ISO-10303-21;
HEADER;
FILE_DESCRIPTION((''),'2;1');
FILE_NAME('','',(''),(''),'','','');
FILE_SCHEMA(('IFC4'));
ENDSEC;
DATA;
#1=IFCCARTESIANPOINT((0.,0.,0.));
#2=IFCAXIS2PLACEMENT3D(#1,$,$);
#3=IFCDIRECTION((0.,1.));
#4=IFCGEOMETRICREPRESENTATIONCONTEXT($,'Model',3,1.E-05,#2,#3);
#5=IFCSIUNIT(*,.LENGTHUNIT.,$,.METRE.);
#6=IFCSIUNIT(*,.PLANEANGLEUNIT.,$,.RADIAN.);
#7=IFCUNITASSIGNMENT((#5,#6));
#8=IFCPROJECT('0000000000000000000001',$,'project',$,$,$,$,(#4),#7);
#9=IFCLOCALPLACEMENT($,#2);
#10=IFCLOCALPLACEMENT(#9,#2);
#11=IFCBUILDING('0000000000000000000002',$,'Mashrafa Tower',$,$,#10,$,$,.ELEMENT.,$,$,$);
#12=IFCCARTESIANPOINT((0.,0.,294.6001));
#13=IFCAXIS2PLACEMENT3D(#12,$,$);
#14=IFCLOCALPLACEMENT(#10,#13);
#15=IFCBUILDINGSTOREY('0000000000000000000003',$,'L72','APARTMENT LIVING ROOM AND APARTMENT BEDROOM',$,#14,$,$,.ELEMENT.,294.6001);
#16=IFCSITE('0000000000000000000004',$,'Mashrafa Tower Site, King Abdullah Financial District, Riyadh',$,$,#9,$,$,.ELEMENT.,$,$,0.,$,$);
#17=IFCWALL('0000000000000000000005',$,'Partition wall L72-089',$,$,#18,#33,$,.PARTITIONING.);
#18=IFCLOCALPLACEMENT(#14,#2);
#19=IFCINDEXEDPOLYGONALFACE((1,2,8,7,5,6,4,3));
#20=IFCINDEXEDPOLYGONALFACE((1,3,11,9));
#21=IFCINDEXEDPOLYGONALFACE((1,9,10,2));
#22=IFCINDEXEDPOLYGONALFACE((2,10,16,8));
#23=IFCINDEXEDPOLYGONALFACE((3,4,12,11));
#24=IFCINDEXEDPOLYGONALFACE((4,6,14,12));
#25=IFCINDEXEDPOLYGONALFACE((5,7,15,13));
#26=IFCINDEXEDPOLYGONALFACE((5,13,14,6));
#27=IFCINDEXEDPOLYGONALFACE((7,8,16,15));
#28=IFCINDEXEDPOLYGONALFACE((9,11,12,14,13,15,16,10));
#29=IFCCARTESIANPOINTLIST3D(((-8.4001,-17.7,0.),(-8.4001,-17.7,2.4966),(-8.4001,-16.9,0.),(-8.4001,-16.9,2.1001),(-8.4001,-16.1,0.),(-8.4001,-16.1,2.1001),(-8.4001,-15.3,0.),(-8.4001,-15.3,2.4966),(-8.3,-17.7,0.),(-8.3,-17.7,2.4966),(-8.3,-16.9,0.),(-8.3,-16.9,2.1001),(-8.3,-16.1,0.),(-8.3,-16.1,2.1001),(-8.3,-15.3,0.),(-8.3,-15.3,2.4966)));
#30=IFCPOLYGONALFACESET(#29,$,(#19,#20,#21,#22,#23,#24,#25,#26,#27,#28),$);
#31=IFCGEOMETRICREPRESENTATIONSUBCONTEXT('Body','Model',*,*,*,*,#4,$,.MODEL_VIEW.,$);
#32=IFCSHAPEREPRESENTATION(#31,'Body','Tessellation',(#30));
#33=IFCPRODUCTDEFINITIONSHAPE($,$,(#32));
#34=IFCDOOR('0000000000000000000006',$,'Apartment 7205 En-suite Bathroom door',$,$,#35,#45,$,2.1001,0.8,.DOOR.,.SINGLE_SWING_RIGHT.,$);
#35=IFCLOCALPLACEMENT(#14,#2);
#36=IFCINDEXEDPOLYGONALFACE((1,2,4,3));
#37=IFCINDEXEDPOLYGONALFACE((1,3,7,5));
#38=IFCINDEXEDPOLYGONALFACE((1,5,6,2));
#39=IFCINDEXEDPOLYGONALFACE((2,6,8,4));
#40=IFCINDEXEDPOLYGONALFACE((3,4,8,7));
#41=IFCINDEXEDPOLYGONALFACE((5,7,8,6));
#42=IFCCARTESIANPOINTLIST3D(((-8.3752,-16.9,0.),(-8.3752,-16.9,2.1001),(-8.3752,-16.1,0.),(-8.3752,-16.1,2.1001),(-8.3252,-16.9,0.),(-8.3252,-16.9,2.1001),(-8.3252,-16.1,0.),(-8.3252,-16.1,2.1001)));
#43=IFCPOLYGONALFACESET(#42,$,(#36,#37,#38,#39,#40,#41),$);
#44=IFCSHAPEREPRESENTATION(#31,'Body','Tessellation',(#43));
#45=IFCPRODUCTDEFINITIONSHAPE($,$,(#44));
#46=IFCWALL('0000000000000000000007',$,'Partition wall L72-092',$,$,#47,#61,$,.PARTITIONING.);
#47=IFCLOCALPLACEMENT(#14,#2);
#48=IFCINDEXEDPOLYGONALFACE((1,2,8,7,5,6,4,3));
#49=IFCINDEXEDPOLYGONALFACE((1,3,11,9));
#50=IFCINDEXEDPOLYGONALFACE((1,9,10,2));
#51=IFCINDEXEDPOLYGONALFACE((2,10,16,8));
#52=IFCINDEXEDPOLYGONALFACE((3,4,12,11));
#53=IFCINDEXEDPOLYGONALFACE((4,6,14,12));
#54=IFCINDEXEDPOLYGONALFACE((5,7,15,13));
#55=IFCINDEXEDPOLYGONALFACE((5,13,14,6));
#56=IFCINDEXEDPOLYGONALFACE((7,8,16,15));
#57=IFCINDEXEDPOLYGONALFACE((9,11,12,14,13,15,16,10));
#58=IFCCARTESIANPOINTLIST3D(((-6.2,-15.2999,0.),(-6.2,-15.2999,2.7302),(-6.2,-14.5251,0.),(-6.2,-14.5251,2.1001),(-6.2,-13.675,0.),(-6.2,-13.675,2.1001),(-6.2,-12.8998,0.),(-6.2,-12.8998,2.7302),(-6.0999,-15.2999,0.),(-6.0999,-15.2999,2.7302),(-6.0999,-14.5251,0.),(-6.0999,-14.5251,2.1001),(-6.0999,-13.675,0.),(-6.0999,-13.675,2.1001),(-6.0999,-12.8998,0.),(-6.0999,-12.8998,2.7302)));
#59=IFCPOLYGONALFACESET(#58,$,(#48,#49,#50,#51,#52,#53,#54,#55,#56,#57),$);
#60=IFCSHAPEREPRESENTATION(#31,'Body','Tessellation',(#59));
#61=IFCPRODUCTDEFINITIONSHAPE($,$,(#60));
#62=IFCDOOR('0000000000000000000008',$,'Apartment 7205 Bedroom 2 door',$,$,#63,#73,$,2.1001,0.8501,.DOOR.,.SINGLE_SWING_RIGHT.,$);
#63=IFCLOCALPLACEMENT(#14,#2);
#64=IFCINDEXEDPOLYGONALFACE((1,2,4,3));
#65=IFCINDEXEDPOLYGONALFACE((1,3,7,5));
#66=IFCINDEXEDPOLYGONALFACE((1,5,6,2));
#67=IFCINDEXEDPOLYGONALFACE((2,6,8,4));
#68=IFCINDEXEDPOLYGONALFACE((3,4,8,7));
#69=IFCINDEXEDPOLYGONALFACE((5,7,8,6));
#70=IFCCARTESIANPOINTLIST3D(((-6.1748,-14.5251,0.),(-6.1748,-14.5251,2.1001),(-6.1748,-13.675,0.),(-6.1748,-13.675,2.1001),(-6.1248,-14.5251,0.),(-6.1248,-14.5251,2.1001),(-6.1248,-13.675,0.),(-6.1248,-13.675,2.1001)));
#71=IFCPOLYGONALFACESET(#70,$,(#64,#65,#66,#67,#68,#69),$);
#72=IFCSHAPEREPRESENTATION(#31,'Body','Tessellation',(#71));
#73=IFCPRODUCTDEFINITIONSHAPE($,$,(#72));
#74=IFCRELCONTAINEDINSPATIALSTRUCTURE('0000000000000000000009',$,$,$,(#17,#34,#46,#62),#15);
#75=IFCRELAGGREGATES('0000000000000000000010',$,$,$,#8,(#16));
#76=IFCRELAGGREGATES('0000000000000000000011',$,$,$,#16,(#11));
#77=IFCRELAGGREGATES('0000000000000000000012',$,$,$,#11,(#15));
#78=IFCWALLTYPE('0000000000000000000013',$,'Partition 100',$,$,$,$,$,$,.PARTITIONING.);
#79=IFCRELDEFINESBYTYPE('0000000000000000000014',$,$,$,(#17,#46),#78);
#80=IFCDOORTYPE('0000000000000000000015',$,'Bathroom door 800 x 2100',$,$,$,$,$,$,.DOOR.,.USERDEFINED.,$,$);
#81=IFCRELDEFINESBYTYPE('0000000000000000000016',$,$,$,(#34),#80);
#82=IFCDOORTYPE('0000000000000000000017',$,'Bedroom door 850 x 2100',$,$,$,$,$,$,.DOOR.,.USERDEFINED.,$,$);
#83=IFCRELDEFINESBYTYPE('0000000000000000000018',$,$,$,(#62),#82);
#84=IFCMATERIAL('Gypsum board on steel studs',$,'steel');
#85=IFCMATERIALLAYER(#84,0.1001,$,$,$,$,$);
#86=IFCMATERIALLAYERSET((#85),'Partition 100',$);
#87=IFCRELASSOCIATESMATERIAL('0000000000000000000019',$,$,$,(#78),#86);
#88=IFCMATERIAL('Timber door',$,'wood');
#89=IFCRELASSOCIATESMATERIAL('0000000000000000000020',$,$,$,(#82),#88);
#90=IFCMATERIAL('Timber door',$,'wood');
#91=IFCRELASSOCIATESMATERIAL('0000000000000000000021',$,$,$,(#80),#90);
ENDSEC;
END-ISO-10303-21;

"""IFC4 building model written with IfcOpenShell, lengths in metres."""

from ifc_helpers import new_model, si_unit, direction, frame, frame_2d, origin, place, context, subcontext, project, spatial, rectangle, extrude, material, layer, layer_set, type_object, element, fill, save


model = new_model("IFC4")

# Units and contexts
model_context = context("Model", 3, precision=1e-05, world=origin(), true_north=direction((0.0, 1.0)))
body_context = subcontext(model_context, "Body", "Model", "MODEL_VIEW")
ifc_project = project(units=[si_unit("LENGTHUNIT", "METRE"), si_unit("PLANEANGLEUNIT", "RADIAN")], contexts=[model_context])

# Site, building, storey
site_placement = place(None, origin())
site = spatial("IfcSite", under=ifc_project, at=site_placement, Name="Mashrafa Tower Site, King Abdullah Financial District, Riyadh", CompositionType="ELEMENT", RefElevation=0.0)
building_placement = place(site_placement, origin())
building = spatial("IfcBuilding", under=site, at=building_placement, Name="Mashrafa Tower", CompositionType="ELEMENT")
storey_placement = place(building_placement, frame((0.0, 0.0, 294.6001)))
storey = spatial("IfcBuildingStorey", under=building, at=storey_placement, Name="L72", Description="APARTMENT LIVING ROOM AND APARTMENT BEDROOM", CompositionType="ELEMENT", Elevation=294.6001)

# Shared definitions
ifc_material_1 = material(Name="Gypsum board on steel studs", Category="steel")
ifc_layer_1 = layer(ifc_material_1, 0.1001)
ifc_layer_set_1 = layer_set([ifc_layer_1], Name="Partition 100")
wall_type_1 = type_object("IfcWallType", Name="Partition 100", PredefinedType="PARTITIONING", material=ifc_layer_set_1)

# Walls, openings, doors
ifc_material_2 = material(Name="Timber door", Category="wood")
door_type_1 = type_object("IfcDoorType", Name="Bedroom door 850 x 2100", OperationType="USERDEFINED", PredefinedType="DOOR", material=ifc_material_2)
wall_1_placement = place(storey_placement, frame((-8.3501, -15.3, 0.0), z_axis=(0.0, 0.0, 1.0), x_axis=(0.0, -1.0, 0.0)))
wall_1 = element("IfcWall", 1, at=wall_1_placement, inside=storey, type_object=wall_type_1, Name="Partition wall L72-089", PredefinedType="PARTITIONING", context=body_context, shape_type="SweptSolid", body=[
    extrude(rectangle(XDim=2.3999, YDim=0.1001, at=frame_2d((1.2, 0.0))), origin(), (0.0, 0.0, 1.0), 2.4966),
])
opening_1_placement = place(wall_1_placement, frame((0.8, 0.0, 0.0)))
opening_1 = element("IfcOpeningElement", 2, at=opening_1_placement, cuts=wall_1, PredefinedType="OPENING", context=body_context, shape_type="SweptSolid", body=[
    extrude(rectangle(XDim=0.8, YDim=2.1001, at=frame_2d((0.3999, 1.05))), frame((0.0, 0.0601, 0.0), z_axis=(0.0, -1.0, 0.0), x_axis=(1.0, 0.0, 0.0)), (0.0, 0.0, 1.0), 0.1201),
])
ifc_material_3 = material(Name="Timber door", Category="wood")
door_type_2 = type_object("IfcDoorType", Name="Bathroom door 800 x 2100", OperationType="USERDEFINED", PredefinedType="DOOR", material=ifc_material_3)
door_1_placement = place(opening_1_placement, origin())
door_1 = element("IfcDoor", 3, at=door_1_placement, inside=storey, type_object=door_type_2, Name="Apartment 7205 En-suite Bathroom door", OperationType="SINGLE_SWING_RIGHT", OverallHeight=2.1001, OverallWidth=0.8, PredefinedType="DOOR", context=body_context, shape_type="SweptSolid", body=[
    extrude(rectangle(XDim=0.8, YDim=2.1001, at=frame_2d((0.3999, 1.05))), frame((0.0, 0.0249, 0.0), z_axis=(0.0, -1.0, 0.0), x_axis=(1.0, 0.0, 0.0)), (0.0, 0.0, 1.0), 0.05),
])
fill(opening_1, door_1)
wall_2_placement = place(storey_placement, frame((-6.1499, -15.3, 0.0), z_axis=(0.0, 0.0, 1.0), x_axis=(0.0, 1.0, 0.0)))
wall_2 = element("IfcWall", 4, at=wall_2_placement, inside=storey, type_object=wall_type_1, Name="Partition wall L72-092", PredefinedType="PARTITIONING", context=body_context, shape_type="SweptSolid", body=[
    extrude(rectangle(XDim=2.4001, YDim=0.1001, at=frame_2d((1.2002, 0.0))), origin(), (0.0, 0.0, 1.0), 2.7302),
])
opening_2_placement = place(wall_2_placement, frame((0.7749, 0.0, 0.0)))
opening_2 = element("IfcOpeningElement", 5, at=opening_2_placement, cuts=wall_2, PredefinedType="OPENING", context=body_context, shape_type="SweptSolid", body=[
    extrude(rectangle(XDim=0.8501, YDim=2.1001, at=frame_2d((0.425, 1.05))), frame((0.0, 0.0601, 0.0), z_axis=(0.0, -1.0, 0.0), x_axis=(1.0, 0.0, 0.0)), (0.0, 0.0, 1.0), 0.1201),
])
door_2_placement = place(opening_2_placement, origin())
door_2 = element("IfcDoor", 6, at=door_2_placement, inside=storey, type_object=door_type_1, Name="Apartment 7205 Bedroom 2 door", OperationType="SINGLE_SWING_RIGHT", OverallHeight=2.1001, OverallWidth=0.8501, PredefinedType="DOOR", context=body_context, shape_type="SweptSolid", body=[
    extrude(rectangle(XDim=0.8501, YDim=2.1001, at=frame_2d((0.425, 1.05))), frame((0.0, 0.0249, 0.0), z_axis=(0.0, -1.0, 0.0), x_axis=(1.0, 0.0, 0.0)), (0.0, 0.0, 1.0), 0.05),
])
fill(opening_2, door_2)

save(model, "model.ifc")
